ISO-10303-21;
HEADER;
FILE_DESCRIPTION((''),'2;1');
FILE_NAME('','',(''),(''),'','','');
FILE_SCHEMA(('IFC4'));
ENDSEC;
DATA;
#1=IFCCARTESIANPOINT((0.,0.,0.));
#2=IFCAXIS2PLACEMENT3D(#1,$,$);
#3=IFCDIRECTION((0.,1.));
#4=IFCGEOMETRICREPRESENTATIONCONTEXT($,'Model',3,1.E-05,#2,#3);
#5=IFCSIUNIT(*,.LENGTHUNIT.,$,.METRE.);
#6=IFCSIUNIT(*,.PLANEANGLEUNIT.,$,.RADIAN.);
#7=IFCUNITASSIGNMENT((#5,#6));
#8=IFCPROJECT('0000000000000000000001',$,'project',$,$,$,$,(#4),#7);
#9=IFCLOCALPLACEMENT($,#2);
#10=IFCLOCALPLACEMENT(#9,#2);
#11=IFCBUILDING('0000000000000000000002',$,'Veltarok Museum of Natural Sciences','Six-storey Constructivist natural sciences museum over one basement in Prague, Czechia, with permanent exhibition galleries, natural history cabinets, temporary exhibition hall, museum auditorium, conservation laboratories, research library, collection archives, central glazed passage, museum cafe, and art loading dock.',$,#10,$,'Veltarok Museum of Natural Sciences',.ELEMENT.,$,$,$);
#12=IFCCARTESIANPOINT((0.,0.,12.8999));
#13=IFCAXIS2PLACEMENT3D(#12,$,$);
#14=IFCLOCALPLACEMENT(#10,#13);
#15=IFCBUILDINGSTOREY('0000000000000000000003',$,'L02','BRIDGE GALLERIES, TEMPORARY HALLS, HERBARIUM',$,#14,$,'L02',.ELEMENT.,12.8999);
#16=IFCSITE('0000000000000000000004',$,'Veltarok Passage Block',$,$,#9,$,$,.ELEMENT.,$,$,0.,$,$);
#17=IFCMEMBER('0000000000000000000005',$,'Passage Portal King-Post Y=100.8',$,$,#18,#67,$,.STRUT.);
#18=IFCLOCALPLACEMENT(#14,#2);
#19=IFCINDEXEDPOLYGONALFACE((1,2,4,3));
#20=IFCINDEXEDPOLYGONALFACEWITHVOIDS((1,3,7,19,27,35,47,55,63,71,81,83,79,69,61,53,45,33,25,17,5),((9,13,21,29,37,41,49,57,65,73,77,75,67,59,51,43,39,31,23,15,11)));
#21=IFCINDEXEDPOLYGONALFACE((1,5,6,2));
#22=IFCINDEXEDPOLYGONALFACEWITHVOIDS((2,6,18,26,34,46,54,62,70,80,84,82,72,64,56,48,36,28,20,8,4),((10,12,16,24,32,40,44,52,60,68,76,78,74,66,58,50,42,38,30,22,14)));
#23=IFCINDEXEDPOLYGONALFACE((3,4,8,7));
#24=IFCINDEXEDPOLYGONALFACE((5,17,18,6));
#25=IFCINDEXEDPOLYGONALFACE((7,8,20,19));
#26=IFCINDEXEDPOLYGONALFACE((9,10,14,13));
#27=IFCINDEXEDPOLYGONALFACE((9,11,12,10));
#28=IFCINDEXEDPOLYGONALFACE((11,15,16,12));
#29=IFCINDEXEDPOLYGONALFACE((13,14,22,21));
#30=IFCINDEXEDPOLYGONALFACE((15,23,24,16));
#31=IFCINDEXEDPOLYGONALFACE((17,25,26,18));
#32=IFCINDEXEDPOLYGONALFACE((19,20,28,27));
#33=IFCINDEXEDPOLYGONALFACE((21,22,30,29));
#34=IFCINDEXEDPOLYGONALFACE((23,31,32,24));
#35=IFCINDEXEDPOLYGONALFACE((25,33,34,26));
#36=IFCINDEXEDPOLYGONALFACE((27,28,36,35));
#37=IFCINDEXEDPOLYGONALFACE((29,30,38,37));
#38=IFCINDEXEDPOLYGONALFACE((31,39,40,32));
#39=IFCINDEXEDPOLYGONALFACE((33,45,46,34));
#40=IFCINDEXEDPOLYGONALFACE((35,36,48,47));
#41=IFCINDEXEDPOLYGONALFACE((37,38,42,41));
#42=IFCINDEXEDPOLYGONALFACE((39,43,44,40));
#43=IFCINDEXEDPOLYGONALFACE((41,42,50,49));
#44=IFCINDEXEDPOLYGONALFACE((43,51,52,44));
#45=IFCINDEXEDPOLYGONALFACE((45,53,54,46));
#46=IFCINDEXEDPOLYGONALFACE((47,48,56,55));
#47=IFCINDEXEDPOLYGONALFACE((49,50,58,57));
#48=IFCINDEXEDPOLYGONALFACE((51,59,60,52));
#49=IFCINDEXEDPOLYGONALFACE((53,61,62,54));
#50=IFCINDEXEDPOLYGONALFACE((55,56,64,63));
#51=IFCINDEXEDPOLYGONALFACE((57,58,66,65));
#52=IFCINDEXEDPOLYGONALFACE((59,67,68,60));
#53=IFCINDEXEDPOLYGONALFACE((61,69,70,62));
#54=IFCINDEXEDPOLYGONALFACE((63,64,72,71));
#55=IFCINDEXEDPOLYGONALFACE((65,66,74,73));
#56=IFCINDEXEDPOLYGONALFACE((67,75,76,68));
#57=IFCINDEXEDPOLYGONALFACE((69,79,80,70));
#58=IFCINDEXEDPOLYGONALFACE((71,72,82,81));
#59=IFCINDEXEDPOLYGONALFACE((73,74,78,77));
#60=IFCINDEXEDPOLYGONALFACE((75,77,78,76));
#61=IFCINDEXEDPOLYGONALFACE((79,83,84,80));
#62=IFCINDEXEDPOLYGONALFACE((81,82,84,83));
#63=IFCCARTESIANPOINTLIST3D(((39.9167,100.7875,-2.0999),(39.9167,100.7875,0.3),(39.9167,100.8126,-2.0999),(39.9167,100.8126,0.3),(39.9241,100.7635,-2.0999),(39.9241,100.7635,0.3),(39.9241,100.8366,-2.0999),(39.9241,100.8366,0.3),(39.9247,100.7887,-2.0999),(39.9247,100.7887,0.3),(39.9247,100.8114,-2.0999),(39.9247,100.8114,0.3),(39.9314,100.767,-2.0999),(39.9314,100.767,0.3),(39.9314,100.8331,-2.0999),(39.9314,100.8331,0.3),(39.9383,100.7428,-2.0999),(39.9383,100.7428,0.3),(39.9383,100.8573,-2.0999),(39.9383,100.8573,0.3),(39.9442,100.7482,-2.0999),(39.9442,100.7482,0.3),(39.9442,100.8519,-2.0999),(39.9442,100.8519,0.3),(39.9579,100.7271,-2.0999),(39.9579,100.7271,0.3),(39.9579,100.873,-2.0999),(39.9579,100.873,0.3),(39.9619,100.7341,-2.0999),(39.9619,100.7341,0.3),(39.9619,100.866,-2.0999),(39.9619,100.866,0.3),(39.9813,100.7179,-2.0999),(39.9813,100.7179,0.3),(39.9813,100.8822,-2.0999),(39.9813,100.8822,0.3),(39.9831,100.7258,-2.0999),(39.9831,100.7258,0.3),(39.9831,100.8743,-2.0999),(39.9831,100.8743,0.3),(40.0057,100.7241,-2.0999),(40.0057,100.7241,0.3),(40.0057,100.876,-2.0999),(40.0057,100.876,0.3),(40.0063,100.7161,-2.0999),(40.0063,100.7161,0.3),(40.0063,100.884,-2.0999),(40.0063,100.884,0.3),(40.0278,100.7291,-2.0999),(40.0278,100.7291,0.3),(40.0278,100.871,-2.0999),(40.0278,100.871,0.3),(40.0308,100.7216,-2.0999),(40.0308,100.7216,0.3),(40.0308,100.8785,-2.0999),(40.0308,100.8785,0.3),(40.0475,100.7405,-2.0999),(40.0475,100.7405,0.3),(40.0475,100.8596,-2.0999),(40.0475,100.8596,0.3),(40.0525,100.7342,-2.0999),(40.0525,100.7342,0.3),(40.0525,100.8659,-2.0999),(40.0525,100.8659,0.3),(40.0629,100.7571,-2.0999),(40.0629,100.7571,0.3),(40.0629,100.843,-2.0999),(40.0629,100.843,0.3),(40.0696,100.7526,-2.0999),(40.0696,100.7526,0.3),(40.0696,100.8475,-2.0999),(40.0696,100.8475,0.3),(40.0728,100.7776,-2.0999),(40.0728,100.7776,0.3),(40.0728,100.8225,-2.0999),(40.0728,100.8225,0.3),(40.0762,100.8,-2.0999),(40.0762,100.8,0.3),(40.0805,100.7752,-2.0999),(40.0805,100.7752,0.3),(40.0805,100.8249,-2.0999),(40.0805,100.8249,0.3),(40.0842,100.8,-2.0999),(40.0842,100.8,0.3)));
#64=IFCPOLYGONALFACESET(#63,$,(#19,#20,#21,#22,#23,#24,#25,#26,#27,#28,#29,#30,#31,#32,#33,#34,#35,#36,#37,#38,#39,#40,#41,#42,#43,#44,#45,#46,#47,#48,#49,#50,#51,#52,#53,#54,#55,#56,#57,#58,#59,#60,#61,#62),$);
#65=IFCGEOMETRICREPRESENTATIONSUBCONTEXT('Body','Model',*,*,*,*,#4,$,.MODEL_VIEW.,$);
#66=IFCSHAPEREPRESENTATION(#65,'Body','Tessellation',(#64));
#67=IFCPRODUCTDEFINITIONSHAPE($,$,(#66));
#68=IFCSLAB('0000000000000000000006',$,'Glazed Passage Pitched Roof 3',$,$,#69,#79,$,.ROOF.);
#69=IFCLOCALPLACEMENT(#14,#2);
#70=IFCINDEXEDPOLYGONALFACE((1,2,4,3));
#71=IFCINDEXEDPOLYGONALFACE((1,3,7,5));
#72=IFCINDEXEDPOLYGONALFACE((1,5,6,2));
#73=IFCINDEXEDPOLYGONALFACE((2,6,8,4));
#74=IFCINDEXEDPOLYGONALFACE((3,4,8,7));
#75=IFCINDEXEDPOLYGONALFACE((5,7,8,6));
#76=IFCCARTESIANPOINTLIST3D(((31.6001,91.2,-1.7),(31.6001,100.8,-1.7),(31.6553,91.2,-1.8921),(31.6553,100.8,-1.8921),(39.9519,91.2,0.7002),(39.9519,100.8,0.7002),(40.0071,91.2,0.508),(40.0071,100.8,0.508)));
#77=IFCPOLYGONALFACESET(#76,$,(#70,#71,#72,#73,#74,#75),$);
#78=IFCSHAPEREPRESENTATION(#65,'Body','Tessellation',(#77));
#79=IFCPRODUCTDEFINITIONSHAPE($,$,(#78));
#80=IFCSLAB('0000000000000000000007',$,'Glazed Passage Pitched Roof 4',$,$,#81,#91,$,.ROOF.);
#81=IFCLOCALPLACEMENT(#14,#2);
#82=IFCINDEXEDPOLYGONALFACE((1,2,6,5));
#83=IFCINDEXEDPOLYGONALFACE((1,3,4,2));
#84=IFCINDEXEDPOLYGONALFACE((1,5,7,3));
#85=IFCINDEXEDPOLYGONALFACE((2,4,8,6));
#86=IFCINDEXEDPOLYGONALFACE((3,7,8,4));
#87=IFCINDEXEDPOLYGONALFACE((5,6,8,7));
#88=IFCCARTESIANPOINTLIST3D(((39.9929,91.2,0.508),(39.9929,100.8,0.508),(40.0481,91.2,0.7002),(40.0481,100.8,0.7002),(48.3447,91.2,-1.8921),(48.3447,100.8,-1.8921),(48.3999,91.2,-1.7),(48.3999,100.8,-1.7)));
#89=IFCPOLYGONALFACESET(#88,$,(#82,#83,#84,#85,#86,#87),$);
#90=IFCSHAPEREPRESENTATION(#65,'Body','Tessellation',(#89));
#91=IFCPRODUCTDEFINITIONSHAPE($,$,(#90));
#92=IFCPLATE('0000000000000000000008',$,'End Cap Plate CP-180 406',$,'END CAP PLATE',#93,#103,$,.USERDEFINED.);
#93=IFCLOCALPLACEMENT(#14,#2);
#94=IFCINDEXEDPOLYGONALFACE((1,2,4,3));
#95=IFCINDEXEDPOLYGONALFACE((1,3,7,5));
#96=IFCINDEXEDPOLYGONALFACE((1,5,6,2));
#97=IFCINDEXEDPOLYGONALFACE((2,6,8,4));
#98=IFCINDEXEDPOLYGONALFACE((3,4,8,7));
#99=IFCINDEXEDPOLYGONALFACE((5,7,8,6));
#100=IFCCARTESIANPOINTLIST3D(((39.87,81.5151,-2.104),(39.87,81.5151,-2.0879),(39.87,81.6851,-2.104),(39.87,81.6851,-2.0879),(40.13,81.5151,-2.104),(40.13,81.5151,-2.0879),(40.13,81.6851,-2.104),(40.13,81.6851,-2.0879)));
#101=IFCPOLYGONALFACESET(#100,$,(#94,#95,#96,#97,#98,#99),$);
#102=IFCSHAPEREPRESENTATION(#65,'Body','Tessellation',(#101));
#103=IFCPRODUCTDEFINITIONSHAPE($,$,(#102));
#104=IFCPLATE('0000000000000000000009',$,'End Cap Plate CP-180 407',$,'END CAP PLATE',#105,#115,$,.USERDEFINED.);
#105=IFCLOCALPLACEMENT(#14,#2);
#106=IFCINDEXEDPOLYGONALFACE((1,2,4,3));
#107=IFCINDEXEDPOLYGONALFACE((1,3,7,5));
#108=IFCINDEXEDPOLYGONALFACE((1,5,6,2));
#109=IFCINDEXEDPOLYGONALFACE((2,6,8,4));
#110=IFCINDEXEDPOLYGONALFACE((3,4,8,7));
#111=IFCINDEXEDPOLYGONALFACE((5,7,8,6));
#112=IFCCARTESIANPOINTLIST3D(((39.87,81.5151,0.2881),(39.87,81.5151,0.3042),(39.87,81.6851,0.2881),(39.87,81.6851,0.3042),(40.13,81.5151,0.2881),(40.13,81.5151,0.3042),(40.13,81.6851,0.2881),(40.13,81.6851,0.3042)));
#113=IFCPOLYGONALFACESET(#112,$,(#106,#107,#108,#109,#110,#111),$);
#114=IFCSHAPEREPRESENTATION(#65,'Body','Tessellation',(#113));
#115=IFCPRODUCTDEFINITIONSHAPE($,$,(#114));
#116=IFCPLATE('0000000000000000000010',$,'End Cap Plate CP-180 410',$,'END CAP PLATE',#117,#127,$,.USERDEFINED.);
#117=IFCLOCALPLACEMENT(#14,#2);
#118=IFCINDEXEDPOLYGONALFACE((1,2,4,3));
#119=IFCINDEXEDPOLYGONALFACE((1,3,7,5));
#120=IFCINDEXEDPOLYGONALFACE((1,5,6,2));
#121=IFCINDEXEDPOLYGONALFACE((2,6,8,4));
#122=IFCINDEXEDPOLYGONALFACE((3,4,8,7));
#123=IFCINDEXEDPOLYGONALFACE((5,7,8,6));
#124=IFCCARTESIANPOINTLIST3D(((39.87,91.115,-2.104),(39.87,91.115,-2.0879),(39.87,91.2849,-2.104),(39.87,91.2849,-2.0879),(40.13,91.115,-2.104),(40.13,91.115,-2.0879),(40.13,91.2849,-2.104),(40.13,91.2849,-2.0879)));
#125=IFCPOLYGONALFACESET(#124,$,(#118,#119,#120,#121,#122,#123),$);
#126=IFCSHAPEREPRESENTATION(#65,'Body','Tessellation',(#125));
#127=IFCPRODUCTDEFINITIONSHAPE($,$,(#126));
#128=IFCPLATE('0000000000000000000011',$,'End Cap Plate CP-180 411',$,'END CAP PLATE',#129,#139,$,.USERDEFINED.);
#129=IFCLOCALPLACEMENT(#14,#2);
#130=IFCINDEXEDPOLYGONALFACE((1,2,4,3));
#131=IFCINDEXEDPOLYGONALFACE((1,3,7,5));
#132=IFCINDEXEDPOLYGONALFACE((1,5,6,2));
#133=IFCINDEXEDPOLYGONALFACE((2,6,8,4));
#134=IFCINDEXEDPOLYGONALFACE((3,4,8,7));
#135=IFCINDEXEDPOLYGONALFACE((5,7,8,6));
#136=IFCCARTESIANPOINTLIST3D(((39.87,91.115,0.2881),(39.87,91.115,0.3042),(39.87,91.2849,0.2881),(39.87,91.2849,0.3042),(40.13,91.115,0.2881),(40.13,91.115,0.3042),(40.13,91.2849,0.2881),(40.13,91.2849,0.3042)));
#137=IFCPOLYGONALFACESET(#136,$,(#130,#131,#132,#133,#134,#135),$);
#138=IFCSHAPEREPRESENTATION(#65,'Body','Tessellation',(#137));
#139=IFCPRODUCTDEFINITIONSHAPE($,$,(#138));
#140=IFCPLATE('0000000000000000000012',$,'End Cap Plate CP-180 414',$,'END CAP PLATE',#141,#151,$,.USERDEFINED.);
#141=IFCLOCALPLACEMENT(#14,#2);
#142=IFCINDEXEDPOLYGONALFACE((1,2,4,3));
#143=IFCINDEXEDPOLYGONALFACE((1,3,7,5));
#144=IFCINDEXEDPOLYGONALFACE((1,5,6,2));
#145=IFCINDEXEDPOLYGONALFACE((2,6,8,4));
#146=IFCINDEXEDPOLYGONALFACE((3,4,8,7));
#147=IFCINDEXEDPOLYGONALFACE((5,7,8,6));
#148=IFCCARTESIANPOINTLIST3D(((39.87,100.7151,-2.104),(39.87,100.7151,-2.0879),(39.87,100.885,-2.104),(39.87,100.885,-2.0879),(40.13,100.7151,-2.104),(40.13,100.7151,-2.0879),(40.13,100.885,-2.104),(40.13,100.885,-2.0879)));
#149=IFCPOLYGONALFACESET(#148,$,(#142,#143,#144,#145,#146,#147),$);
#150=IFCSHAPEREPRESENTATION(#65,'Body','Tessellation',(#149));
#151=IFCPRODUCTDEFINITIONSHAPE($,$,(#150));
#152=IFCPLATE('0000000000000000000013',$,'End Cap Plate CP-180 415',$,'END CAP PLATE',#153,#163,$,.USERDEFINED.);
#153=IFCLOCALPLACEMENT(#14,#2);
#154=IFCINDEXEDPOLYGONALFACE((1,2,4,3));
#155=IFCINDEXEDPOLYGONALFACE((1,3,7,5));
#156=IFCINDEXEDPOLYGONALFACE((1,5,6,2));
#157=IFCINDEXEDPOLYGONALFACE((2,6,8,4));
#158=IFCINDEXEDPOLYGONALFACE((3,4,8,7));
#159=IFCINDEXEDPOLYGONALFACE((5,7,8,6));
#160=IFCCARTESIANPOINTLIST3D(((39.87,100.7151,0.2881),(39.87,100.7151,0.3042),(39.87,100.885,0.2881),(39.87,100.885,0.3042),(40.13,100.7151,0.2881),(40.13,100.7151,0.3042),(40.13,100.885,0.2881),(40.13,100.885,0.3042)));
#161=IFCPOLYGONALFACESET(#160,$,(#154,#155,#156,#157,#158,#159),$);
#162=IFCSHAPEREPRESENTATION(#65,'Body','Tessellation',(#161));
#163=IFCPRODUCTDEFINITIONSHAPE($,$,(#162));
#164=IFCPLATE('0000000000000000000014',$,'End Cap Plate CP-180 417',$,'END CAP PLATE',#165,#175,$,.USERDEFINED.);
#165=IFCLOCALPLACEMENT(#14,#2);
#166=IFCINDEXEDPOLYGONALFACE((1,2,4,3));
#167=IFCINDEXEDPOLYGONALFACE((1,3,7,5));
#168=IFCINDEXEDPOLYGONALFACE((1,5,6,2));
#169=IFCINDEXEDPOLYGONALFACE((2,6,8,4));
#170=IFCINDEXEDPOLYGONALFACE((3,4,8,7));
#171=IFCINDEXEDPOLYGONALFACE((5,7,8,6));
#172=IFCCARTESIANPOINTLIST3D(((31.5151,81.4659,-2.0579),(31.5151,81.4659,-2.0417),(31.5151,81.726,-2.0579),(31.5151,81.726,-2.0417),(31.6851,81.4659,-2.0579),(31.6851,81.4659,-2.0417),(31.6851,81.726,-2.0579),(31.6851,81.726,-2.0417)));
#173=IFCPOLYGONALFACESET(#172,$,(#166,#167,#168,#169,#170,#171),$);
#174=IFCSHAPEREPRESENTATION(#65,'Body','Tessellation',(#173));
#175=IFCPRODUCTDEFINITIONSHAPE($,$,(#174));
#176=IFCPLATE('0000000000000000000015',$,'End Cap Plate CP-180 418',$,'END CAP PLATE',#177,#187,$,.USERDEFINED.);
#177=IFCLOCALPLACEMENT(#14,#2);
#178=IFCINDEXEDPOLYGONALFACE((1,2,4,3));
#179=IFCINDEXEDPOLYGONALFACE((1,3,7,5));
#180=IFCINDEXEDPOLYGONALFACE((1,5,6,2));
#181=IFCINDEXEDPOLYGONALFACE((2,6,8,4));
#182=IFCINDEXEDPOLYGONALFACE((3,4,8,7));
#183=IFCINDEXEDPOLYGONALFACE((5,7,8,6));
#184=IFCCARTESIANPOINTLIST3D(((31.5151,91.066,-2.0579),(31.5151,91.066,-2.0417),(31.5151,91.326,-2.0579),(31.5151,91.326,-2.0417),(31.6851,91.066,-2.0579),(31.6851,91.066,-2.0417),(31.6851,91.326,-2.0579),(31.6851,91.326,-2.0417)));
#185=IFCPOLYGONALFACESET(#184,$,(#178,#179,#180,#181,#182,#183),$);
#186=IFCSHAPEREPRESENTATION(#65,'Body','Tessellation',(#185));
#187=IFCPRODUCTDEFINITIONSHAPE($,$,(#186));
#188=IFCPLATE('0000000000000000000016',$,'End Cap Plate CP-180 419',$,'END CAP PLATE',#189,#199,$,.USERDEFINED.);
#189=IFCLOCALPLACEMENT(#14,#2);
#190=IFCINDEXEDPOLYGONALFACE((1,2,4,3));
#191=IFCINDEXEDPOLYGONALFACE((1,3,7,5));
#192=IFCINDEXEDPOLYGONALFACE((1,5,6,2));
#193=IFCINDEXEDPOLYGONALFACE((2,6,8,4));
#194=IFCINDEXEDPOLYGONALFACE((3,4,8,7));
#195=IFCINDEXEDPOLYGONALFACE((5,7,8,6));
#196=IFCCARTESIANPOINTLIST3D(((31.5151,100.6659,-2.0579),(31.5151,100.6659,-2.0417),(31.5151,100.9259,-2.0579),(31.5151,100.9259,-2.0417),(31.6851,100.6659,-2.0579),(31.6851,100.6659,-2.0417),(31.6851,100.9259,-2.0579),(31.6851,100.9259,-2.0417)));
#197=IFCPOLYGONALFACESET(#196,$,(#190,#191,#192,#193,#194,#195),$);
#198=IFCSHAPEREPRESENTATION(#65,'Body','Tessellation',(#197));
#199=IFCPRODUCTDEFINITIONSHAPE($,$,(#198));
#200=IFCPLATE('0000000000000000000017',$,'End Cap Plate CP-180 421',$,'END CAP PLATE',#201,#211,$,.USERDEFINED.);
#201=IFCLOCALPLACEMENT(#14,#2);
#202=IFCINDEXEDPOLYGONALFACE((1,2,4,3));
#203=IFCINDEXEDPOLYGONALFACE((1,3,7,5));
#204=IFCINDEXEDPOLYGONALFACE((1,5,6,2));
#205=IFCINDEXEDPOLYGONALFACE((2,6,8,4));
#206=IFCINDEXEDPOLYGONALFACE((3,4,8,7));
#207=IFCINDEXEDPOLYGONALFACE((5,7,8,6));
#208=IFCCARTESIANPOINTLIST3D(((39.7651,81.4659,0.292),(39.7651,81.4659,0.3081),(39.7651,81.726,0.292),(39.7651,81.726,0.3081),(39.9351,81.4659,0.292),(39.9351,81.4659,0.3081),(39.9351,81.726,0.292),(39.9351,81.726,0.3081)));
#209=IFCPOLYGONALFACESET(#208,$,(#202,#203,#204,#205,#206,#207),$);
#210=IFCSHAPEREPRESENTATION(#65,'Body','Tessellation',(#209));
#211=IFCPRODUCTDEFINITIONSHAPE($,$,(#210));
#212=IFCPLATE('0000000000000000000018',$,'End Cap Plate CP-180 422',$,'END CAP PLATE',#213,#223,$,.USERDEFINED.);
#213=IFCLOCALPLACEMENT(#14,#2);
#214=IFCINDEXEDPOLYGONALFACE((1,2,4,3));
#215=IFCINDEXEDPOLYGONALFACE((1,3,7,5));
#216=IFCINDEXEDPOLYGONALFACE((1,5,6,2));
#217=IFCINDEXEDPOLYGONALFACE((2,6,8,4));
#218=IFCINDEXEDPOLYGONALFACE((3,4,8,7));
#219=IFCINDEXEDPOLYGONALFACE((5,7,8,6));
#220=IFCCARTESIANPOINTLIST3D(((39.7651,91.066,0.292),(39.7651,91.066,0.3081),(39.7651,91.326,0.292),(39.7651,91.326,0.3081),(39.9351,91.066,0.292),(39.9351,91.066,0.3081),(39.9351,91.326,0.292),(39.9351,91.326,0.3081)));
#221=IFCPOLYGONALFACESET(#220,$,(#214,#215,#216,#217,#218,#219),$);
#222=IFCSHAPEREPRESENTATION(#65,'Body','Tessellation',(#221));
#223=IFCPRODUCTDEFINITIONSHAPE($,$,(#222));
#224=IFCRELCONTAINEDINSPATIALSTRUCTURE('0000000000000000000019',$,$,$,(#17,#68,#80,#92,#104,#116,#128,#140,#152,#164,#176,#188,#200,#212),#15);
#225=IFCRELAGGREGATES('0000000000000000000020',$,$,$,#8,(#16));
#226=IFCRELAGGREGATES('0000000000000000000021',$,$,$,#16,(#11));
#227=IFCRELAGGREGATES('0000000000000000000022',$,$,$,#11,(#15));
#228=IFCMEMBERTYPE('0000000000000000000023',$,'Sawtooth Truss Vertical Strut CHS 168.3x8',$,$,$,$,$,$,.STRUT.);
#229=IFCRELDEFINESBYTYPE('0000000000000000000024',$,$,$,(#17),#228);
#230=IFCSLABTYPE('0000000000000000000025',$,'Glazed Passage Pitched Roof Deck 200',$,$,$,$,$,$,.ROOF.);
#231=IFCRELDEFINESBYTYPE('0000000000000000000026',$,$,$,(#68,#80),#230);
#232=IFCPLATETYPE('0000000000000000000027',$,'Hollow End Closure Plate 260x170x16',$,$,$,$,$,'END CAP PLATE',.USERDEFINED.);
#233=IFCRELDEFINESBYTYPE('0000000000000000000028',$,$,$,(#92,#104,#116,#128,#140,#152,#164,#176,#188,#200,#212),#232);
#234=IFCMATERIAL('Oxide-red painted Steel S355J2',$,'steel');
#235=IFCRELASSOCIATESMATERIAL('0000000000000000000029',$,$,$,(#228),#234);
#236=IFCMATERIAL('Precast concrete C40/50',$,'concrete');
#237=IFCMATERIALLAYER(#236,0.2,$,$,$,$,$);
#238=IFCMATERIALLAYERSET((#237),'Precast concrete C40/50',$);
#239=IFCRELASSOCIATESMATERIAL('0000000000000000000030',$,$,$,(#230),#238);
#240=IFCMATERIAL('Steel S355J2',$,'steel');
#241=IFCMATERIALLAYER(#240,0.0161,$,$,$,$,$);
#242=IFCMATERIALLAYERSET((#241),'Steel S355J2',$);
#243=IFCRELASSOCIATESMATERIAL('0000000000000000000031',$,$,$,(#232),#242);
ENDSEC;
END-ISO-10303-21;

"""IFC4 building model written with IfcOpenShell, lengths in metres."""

from ifc_helpers import new_model, si_unit, direction, frame, origin, origin_2d, place, context, subcontext, project, spatial, polyline, rectangle, hollow_circle, outline, extrude, material, layer, layer_set, material_profile, profile_set, type_object, element, save


model = new_model("IFC4")

# Units and contexts
model_context = context("Model", 3, precision=1e-05, world=origin(), true_north=direction((0.0, 1.0)))
body_context = subcontext(model_context, "Body", "Model", "MODEL_VIEW")
ifc_project = project(units=[si_unit("LENGTHUNIT", "METRE"), si_unit("PLANEANGLEUNIT", "RADIAN")], contexts=[model_context])

# Site, building, storey
site_placement = place(None, origin())
site = spatial("IfcSite", under=ifc_project, at=site_placement, Name="Veltarok Passage Block", CompositionType="ELEMENT", RefElevation=0.0)
building_placement = place(site_placement, origin())
building = spatial("IfcBuilding", under=site, at=building_placement, Name="Veltarok Museum of Natural Sciences", Description="Six-storey Constructivist natural sciences museum over one basement in Prague, Czechia, with permanent exhibition galleries, natural history cabinets, temporary exhibition hall, museum auditorium, conservation laboratories, research library, collection archives, central glazed passage, museum cafe, and art loading dock.", LongName="Veltarok Museum of Natural Sciences", CompositionType="ELEMENT")
storey_placement = place(building_placement, frame((0.0, 0.0, 12.8999)))
storey = spatial("IfcBuildingStorey", under=building, at=storey_placement, Name="L02", Description="BRIDGE GALLERIES, TEMPORARY HALLS, HERBARIUM", LongName="L02", CompositionType="ELEMENT", Elevation=12.8999)

# Member
ifc_material_1 = material(Name="Oxide-red painted Steel S355J2", Category="steel")
ifc_material_2 = material(Name="Steel S355J2", Category="steel")
ifc_material_profile_1 = material_profile(ifc_material_1, hollow_circle(Radius=0.0842, WallThickness=0.0081, at=origin_2d()), Name="CHS 168.3x8")
ifc_profile_set_1 = profile_set([ifc_material_profile_1], Name="Oxide-red painted Steel S355J2")
member_type_1 = type_object("IfcMemberType", Name="Sawtooth Truss Vertical Strut CHS 168.3x8", PredefinedType="STRUT", material=ifc_profile_set_1)
for number, where, z_axis, x_axis, name in (
    (1, (40.0, 100.8, -2.0999), (0.0, 0.0, 1.0), (1.0, 0.0, 0.0), "Passage Portal King-Post Y=100.8"),
):
    element("IfcMember", number, at=place(storey_placement, frame(where, z_axis=z_axis, x_axis=x_axis)), inside=storey, type_object=member_type_1, Name=name, PredefinedType="STRUT", context=body_context, shape_type="SweptSolid", body=[
        extrude(hollow_circle(Radius=0.0842, WallThickness=0.0081, at=origin_2d()), origin(), (0.0, 0.0, 1.0), 2.3999),
    ])

# Slabs
ifc_material_3 = material(Name="Precast concrete C40/50", Category="concrete")
ifc_layer_1 = layer(ifc_material_3, 0.2)
ifc_layer_set_1 = layer_set([ifc_layer_1], Name="Precast concrete C40/50")
slab_type = type_object("IfcSlabType", Name="Glazed Passage Pitched Roof Deck 200", PredefinedType="ROOF", material=ifc_layer_set_1)
for number, where, z_axis, x_axis, name in (
    (2, (31.6001, 91.2, -1.7), (-0.276201, 0.0, 0.9611), (0.9611, 0.0, 0.276201), "Glazed Passage Pitched Roof 3"),
    (3, (40.0481, 91.2, 0.7002), (0.276201, 0.0, 0.9611), (0.9611, 0.0, -0.276201), "Glazed Passage Pitched Roof 4"),
):
    element("IfcSlab", number, at=place(storey_placement, frame(where, z_axis=z_axis, x_axis=x_axis)), inside=storey, type_object=slab_type, Name=name, PredefinedType="ROOF", context=body_context, shape_type="SweptSolid", body=[
        extrude(outline(polyline([(0.0, 0.0), (8.6898, 0.0), (8.6898, 9.6001), (0.0, 9.6001), (0.0, 0.0)])), origin(), (0.0, 0.0, -1.0), 0.2),
    ])

# Plates
ifc_layer_2 = layer(ifc_material_2, 0.0161)
ifc_layer_set_2 = layer_set([ifc_layer_2], Name="Steel S355J2")
plate_type_1 = type_object("IfcPlateType", Name="Hollow End Closure Plate 260x170x16", ElementType="END CAP PLATE", PredefinedType="USERDEFINED", material=ifc_layer_set_2)
for number, where, z_axis, x_axis, name in (
    (4, (40.0, 81.6001, -2.104), (0.0, 0.0, 1.0), (1.0, 0.0, 0.0), "End Cap Plate CP-180 406"),
    (5, (40.0, 81.6001, 0.2881), (0.0, 0.0, 1.0), (1.0, 0.0, 0.0), "End Cap Plate CP-180 407"),
    (6, (40.0, 91.2, -2.104), (0.0, 0.0, 1.0), (1.0, 0.0, 0.0), "End Cap Plate CP-180 410"),
    (7, (40.0, 91.2, 0.2881), (0.0, 0.0, 1.0), (1.0, 0.0, 0.0), "End Cap Plate CP-180 411"),
    (8, (40.0, 100.8, -2.104), (0.0, 0.0, 1.0), (1.0, 0.0, 0.0), "End Cap Plate CP-180 414"),
    (9, (40.0, 100.8, 0.2881), (0.0, 0.0, 1.0), (1.0, 0.0, 0.0), "End Cap Plate CP-180 415"),
    (10, (31.6001, 81.5959, -2.0579), (0.0, 0.0, 1.0), (0.0, 1.0, 0.0), "End Cap Plate CP-180 417"),
    (11, (31.6001, 91.196, -2.0579), (0.0, 0.0, 1.0), (0.0, 1.0, 0.0), "End Cap Plate CP-180 418"),
    (12, (31.6001, 100.7959, -2.0579), (0.0, 0.0, 1.0), (0.0, 1.0, 0.0), "End Cap Plate CP-180 419"),
    (13, (39.8501, 81.5959, 0.292), (0.0, 0.0, 1.0), (0.0, 1.0, 0.0), "End Cap Plate CP-180 421"),
    (14, (39.8501, 91.196, 0.292), (0.0, 0.0, 1.0), (0.0, 1.0, 0.0), "End Cap Plate CP-180 422"),
):
    element("IfcPlate", number, at=place(storey_placement, frame(where, z_axis=z_axis, x_axis=x_axis)), inside=storey, type_object=plate_type_1, Name=name, ObjectType="END CAP PLATE", PredefinedType="USERDEFINED", context=body_context, shape_type="SweptSolid", body=[
        extrude(rectangle(XDim=0.26, YDim=0.1699, at=origin_2d()), origin(), (0.0, 0.0, 1.0), 0.0161),
    ])

save(model, "model.ifc")
